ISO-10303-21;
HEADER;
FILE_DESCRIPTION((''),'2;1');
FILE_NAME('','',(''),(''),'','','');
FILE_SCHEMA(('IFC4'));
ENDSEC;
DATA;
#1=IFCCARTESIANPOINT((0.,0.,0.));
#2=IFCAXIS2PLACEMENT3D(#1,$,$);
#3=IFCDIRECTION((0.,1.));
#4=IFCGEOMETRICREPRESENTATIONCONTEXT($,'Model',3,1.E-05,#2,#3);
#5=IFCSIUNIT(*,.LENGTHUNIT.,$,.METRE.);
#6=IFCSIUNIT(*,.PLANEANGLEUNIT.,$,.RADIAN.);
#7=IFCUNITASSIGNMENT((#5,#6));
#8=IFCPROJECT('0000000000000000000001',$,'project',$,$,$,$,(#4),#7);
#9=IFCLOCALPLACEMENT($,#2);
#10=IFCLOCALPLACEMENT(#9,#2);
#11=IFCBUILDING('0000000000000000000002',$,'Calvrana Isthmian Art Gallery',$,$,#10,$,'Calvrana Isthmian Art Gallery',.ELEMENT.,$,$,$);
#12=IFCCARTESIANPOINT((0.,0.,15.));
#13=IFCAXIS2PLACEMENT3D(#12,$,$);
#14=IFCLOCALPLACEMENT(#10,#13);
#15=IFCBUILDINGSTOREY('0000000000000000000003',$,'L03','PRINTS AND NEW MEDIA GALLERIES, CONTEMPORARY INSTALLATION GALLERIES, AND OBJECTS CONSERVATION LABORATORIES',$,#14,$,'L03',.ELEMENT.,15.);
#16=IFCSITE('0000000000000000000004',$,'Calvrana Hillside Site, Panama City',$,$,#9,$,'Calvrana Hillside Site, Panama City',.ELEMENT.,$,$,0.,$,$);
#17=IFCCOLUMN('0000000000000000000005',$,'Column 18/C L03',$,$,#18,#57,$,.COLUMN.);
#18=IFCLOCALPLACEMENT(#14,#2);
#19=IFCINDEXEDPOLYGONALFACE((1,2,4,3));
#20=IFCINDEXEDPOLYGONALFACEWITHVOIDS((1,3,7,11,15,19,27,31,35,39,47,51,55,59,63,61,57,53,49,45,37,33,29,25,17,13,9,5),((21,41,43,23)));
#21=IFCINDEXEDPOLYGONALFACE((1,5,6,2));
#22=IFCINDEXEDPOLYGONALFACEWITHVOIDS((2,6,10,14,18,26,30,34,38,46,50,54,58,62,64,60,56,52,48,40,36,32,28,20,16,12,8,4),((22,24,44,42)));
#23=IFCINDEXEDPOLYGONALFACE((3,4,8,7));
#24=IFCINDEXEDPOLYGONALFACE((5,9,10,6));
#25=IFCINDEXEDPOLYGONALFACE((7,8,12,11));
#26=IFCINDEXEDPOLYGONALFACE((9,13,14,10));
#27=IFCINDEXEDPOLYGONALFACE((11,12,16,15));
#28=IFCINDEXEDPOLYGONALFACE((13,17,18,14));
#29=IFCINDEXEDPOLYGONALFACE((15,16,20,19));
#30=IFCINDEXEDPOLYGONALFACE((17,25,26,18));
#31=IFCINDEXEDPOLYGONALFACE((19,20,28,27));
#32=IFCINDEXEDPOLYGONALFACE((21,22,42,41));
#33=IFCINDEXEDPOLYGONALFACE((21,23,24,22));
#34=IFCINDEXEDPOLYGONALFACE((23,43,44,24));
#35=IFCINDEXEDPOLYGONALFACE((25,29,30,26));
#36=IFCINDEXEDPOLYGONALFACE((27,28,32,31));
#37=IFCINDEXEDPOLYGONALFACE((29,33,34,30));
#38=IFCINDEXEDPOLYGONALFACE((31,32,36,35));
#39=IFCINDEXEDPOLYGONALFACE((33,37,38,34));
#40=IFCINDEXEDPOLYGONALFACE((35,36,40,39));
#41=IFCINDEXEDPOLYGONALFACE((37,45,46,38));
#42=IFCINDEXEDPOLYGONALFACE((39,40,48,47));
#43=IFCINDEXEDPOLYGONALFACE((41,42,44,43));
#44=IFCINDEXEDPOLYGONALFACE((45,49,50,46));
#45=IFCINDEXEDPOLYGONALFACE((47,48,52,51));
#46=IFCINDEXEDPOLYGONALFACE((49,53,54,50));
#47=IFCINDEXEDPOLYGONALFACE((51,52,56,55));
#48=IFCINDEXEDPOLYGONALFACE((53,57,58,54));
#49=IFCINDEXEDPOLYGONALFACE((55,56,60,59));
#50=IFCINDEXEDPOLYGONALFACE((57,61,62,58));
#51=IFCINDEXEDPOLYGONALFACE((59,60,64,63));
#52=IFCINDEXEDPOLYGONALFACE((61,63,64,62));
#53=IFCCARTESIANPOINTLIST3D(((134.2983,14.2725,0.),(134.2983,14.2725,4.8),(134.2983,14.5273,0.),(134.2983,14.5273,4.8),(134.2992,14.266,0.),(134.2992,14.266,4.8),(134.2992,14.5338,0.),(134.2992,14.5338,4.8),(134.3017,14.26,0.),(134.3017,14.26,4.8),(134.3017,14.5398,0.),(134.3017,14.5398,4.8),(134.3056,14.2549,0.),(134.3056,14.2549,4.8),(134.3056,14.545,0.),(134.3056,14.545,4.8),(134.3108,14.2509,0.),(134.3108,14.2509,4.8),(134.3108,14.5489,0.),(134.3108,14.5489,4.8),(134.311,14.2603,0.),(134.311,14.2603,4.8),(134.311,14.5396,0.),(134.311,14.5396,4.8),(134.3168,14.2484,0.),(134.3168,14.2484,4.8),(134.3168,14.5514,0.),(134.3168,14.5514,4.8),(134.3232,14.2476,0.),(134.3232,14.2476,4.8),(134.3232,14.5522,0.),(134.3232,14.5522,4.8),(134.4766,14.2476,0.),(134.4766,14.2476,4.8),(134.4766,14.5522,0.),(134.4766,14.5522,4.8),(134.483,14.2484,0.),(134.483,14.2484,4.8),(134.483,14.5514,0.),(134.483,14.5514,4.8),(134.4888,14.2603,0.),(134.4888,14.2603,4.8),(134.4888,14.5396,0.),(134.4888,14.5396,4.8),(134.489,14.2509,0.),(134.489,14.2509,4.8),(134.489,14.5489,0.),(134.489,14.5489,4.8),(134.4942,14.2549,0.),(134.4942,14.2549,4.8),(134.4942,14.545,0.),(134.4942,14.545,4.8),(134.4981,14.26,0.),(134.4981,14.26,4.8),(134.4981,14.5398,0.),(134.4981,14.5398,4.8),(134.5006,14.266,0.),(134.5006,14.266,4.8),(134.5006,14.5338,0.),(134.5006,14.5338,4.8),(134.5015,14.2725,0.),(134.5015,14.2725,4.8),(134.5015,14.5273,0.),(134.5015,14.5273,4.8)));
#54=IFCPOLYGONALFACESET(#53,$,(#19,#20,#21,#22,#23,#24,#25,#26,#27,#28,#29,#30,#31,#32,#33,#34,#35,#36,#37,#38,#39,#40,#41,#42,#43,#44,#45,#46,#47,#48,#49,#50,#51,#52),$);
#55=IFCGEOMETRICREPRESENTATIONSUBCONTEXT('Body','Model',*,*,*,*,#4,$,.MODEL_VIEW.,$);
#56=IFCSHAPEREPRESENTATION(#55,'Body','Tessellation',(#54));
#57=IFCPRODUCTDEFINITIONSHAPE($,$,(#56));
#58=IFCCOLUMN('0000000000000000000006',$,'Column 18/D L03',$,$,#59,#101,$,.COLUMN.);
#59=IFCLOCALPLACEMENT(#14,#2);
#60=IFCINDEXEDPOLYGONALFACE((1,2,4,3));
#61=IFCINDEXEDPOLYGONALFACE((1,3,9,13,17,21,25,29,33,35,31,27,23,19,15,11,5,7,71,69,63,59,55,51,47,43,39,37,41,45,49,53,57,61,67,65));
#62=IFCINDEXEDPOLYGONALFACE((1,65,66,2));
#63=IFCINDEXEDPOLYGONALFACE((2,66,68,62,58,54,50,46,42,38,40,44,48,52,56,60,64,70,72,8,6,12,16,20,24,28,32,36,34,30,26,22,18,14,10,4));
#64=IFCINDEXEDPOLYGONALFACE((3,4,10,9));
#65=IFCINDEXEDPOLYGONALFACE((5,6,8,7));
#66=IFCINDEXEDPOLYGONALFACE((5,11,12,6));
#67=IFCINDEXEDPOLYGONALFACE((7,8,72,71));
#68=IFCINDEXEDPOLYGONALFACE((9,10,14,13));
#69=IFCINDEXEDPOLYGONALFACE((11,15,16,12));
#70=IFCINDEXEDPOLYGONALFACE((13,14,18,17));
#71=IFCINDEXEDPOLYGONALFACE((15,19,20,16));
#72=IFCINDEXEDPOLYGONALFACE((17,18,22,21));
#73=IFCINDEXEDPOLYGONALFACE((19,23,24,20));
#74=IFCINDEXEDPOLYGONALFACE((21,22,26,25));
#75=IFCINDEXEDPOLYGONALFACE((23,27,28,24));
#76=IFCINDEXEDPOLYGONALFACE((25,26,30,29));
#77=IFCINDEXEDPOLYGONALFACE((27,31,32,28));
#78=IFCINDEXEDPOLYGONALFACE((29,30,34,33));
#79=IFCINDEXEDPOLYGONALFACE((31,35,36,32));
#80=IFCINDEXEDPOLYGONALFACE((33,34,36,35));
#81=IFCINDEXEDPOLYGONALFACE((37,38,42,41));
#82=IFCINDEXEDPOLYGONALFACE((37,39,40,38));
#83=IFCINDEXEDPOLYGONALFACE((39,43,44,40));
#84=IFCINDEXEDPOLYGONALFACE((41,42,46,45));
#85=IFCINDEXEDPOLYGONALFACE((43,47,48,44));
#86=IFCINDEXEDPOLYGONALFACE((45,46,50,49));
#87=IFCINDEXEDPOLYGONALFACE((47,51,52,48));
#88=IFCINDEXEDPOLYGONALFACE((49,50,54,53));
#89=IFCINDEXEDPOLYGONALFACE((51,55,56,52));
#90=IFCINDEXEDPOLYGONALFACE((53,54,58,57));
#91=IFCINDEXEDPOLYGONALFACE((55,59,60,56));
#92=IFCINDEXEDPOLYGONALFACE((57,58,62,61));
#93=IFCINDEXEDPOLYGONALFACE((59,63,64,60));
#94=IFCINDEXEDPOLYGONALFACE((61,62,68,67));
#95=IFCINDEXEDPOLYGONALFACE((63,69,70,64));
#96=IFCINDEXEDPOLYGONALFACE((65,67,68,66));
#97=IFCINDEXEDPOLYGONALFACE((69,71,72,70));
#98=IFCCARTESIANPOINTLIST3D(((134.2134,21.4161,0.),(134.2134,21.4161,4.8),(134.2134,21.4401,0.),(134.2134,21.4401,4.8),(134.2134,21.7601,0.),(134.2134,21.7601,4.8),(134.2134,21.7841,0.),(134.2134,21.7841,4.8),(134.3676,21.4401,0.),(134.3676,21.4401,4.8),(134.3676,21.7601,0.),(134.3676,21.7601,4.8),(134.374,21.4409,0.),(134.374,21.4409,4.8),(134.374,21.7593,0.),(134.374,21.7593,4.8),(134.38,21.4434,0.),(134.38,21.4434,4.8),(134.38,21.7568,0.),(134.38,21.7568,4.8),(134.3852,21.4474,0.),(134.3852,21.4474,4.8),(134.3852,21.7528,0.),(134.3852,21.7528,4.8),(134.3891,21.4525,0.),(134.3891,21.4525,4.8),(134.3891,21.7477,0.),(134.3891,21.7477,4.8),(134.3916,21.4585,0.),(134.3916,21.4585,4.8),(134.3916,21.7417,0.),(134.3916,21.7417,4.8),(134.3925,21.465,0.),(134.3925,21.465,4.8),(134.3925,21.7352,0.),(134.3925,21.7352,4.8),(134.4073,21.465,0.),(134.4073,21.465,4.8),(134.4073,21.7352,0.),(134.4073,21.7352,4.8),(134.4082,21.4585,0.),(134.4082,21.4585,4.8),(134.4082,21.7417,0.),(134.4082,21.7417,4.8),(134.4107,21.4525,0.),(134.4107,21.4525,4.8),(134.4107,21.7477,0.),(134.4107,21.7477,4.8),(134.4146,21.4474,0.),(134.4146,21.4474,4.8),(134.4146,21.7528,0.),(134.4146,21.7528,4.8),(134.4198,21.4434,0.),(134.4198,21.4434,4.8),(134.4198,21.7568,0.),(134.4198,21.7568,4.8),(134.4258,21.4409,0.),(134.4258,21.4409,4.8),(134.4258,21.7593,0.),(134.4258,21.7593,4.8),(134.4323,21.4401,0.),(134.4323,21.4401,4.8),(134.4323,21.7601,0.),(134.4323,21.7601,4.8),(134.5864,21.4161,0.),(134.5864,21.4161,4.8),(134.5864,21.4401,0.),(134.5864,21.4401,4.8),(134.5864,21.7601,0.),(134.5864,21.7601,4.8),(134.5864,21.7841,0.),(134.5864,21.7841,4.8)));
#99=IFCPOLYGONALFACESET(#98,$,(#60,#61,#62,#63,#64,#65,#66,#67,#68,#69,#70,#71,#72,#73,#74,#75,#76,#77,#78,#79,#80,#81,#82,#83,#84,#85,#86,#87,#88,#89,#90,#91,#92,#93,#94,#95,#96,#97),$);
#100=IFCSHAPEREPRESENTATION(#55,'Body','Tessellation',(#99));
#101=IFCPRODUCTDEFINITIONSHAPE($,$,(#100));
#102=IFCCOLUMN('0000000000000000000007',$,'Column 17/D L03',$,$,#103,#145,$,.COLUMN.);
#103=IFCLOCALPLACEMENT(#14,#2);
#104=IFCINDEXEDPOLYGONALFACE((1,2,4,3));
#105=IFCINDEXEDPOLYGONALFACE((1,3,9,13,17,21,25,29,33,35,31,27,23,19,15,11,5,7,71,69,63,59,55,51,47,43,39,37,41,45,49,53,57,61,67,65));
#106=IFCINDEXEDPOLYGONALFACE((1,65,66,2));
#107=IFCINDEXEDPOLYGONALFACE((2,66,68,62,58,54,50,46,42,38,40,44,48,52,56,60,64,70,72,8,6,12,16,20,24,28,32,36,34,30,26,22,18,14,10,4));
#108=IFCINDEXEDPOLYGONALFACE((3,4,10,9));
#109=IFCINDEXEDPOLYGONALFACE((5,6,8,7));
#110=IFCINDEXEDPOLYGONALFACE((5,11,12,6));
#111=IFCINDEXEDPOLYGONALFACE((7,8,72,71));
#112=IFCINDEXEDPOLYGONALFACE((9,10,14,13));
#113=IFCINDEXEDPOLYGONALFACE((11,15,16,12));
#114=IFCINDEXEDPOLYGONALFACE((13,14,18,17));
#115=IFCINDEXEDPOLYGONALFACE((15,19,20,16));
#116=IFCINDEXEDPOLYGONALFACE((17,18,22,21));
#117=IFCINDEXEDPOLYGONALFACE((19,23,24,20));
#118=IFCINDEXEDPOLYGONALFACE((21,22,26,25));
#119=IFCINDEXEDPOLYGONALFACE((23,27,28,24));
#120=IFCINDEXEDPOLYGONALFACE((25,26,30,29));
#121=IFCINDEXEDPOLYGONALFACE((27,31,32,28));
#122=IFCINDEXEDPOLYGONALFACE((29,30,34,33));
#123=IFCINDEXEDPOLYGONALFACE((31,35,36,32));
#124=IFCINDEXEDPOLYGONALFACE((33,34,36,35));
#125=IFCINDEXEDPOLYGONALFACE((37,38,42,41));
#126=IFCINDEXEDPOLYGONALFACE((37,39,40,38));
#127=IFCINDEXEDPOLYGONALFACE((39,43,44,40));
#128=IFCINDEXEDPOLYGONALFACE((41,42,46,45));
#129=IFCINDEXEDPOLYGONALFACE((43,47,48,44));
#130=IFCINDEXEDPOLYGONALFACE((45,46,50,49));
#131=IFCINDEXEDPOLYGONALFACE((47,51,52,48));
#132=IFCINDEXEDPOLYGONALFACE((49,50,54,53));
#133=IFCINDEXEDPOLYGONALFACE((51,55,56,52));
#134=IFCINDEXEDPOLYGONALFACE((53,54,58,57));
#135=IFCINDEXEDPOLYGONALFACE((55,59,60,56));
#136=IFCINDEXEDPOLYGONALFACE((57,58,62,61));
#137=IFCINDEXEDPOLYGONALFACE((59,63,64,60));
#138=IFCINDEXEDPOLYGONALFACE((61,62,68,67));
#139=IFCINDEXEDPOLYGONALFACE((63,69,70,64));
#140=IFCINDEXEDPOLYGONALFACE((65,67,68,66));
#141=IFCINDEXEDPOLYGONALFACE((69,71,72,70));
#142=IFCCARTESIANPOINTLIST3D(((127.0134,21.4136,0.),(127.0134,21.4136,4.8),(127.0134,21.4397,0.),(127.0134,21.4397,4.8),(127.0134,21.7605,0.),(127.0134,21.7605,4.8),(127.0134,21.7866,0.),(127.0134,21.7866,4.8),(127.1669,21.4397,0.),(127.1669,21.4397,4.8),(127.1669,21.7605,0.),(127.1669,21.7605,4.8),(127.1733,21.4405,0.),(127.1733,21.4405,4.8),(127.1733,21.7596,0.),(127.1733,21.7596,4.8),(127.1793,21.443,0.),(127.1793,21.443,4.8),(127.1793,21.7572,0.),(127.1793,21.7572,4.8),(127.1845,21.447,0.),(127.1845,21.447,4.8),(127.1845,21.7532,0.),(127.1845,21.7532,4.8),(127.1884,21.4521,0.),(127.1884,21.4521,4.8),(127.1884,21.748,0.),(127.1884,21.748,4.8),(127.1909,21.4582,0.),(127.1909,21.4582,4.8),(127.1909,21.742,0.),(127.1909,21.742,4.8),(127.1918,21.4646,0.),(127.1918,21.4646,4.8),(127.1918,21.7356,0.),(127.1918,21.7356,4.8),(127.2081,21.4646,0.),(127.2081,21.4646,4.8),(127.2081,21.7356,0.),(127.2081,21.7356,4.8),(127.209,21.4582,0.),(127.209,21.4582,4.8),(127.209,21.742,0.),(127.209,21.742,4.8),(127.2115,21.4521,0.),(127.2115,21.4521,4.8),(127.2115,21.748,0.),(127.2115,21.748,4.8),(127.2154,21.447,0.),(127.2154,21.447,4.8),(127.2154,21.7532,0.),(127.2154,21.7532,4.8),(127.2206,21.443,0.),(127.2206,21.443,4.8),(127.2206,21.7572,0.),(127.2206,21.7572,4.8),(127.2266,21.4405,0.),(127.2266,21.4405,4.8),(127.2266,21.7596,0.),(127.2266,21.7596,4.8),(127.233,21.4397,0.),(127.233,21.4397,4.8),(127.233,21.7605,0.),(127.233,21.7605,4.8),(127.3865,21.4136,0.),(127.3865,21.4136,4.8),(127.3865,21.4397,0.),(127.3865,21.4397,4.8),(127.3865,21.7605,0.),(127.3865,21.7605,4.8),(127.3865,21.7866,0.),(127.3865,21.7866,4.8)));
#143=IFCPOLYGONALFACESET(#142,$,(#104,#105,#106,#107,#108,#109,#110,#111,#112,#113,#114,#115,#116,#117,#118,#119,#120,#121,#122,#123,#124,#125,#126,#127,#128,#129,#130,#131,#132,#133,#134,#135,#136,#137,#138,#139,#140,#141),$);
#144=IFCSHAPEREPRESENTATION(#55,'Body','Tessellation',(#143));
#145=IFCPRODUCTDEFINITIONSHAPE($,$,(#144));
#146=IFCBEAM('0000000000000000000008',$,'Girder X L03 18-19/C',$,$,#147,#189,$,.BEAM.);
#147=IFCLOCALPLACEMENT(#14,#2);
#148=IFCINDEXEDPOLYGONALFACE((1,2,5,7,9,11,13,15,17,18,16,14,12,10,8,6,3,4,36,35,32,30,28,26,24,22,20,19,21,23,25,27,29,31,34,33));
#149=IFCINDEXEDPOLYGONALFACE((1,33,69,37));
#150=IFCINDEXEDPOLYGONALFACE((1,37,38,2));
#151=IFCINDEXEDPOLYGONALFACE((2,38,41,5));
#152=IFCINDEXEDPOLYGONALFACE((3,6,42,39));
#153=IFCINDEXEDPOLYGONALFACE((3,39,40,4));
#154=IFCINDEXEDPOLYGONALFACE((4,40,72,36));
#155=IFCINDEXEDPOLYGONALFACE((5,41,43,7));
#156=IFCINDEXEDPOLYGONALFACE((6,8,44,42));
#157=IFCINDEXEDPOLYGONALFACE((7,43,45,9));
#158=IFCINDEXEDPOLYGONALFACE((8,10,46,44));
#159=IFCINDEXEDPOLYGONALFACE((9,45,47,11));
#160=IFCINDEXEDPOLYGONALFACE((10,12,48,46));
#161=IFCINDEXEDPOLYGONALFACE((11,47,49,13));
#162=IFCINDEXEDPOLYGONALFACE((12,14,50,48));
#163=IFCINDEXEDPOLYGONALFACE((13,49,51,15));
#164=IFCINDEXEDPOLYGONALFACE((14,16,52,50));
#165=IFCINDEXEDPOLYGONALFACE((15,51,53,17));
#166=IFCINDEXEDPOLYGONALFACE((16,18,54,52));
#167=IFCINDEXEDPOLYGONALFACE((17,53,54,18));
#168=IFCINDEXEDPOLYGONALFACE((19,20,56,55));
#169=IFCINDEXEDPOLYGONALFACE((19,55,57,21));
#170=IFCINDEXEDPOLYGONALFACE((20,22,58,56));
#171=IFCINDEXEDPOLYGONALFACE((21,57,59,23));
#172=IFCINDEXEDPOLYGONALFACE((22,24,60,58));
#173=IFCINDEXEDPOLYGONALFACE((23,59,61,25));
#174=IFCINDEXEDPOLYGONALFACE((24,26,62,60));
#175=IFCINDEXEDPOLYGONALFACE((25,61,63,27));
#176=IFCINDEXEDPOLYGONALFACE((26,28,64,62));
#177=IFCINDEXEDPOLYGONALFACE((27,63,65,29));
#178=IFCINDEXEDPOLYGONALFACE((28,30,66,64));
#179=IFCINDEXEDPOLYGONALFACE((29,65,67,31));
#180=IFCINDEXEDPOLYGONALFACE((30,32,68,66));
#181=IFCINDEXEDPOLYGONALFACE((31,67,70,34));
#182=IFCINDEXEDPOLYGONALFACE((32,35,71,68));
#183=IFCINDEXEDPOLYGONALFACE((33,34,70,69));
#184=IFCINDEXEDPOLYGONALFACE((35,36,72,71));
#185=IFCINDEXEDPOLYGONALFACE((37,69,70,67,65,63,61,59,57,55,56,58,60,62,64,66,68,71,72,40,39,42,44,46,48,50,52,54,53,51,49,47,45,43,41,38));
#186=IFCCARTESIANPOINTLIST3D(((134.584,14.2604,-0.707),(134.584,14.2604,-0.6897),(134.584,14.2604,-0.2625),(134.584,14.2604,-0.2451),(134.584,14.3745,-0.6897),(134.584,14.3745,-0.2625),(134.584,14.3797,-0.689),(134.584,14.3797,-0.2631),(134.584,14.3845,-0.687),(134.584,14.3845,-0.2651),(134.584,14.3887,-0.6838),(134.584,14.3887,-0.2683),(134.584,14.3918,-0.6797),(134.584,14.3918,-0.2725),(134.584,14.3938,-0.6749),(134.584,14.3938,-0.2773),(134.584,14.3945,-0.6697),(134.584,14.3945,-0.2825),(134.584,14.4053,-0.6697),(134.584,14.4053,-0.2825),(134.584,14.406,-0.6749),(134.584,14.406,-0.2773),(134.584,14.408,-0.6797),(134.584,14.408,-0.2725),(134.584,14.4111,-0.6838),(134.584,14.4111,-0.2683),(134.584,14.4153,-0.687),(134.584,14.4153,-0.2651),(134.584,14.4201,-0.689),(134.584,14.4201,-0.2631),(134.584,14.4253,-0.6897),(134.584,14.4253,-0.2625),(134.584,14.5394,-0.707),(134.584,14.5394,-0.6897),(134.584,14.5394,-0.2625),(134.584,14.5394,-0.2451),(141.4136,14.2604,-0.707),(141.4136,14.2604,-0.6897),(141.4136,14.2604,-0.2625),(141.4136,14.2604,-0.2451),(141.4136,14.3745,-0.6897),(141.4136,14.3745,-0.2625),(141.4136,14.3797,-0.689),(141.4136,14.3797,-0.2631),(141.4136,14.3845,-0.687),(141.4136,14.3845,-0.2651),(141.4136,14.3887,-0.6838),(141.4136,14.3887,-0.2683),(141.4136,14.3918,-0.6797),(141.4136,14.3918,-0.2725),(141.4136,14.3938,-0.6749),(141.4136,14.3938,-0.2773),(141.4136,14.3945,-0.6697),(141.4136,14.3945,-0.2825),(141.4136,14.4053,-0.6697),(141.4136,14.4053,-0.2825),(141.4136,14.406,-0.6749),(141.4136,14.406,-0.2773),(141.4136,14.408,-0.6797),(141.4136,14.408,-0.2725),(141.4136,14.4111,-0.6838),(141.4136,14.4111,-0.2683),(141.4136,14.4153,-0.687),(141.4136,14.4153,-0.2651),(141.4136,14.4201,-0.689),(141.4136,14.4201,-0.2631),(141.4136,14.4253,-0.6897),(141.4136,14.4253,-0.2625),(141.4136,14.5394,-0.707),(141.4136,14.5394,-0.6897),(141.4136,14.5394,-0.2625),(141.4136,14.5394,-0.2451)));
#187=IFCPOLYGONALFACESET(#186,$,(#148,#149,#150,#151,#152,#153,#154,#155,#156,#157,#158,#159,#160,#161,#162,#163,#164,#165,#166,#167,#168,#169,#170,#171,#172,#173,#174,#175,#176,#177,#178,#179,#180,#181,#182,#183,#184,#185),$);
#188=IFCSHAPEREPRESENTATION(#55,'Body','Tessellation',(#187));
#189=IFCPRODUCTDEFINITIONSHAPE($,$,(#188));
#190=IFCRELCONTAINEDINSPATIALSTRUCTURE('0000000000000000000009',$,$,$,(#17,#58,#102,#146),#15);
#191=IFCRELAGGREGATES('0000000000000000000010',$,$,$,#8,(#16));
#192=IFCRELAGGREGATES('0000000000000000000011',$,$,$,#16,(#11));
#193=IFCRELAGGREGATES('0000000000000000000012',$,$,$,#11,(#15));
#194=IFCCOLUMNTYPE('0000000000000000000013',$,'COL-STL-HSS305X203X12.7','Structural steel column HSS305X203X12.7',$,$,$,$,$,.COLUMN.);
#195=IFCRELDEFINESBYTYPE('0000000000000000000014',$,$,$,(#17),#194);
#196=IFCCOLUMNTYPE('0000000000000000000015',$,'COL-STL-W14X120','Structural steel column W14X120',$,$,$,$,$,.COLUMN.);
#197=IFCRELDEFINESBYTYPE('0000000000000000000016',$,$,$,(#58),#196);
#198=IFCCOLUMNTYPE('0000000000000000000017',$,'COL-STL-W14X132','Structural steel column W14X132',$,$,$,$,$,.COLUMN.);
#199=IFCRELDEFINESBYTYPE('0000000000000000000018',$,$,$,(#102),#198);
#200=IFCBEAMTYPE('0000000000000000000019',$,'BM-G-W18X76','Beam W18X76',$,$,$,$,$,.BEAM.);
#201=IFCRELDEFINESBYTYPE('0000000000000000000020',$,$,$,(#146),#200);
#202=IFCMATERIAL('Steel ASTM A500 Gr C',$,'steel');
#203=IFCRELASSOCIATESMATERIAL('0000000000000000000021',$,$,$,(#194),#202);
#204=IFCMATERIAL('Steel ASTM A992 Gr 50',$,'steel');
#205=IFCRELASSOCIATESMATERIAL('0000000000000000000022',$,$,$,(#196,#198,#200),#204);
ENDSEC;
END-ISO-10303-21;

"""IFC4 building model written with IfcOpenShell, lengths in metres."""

from ifc_helpers import new_model, si_unit, direction, frame, origin, origin_2d, place, context, subcontext, project, spatial, hollow_rectangle, i_section, extrude, material, material_profile, profile_set, type_object, element, save


model = new_model("IFC4")

# Units and contexts
model_context = context("Model", 3, precision=1e-05, world=origin(), true_north=direction((0.0, 1.0)))
body_context = subcontext(model_context, "Body", "Model", "MODEL_VIEW")
ifc_project = project(units=[si_unit("LENGTHUNIT", "METRE"), si_unit("PLANEANGLEUNIT", "RADIAN")], contexts=[model_context])

# Site, building, storey
site_placement = place(None, origin())
site = spatial("IfcSite", under=ifc_project, at=site_placement, Name="Calvrana Hillside Site, Panama City", LongName="Calvrana Hillside Site, Panama City", CompositionType="ELEMENT", RefElevation=0.0)
building_placement = place(site_placement, origin())
building = spatial("IfcBuilding", under=site, at=building_placement, Name="Calvrana Isthmian Art Gallery", LongName="Calvrana Isthmian Art Gallery", CompositionType="ELEMENT")
storey_placement = place(building_placement, frame((0.0, 0.0, 15.0)))
storey = spatial("IfcBuildingStorey", under=building, at=storey_placement, Name="L03", Description="PRINTS AND NEW MEDIA GALLERIES, CONTEMPORARY INSTALLATION GALLERIES, AND OBJECTS CONSERVATION LABORATORIES", LongName="L03", CompositionType="ELEMENT", Elevation=15.0)

# Columns
ifc_material_1 = material(Name="Steel ASTM A500 Gr C", Category="steel")
ifc_material_profile_1 = material_profile(ifc_material_1, hollow_rectangle(XDim=0.2031, YDim=0.3047, WallThickness=0.0127, OuterFilletRadius=0.0249, at=origin_2d()), Name="HSS305X203X12.7")
ifc_profile_set_1 = profile_set([ifc_material_profile_1], Name="Steel ASTM A500 Gr C")
column_type_1 = type_object("IfcColumnType", Name="COL-STL-HSS305X203X12.7", Description="Structural steel column HSS305X203X12.7", PredefinedType="COLUMN", material=ifc_profile_set_1)
column_1_placement = place(storey_placement, frame((134.3999, 14.3999, 0.0), z_axis=(0.0, 0.0, 1.0), x_axis=(1.0, 0.0, 0.0)))
element("IfcColumn", 1, at=column_1_placement, inside=storey, type_object=column_type_1, Name="Column 18/C L03", PredefinedType="COLUMN", context=body_context, shape_type="SweptSolid", body=[
    extrude(hollow_rectangle(XDim=0.2031, YDim=0.3047, WallThickness=0.0127, OuterFilletRadius=0.0249, at=origin_2d()), origin(), (0.0, 0.0, 1.0), 4.8),
])
ifc_material_2 = material(Name="Steel ASTM A992 Gr 50", Category="steel")
ifc_material_profile_2 = material_profile(ifc_material_2, i_section(OverallWidth=0.373, OverallDepth=0.3679, WebThickness=0.0149, FlangeThickness=0.0239, FilletRadius=0.0249, at=origin_2d()), Name="W14X120")
ifc_profile_set_2 = profile_set([ifc_material_profile_2], Name="Steel ASTM A992 Gr 50")
column_type_2 = type_object("IfcColumnType", Name="COL-STL-W14X120", Description="Structural steel column W14X120", PredefinedType="COLUMN", material=ifc_profile_set_2)
column_2_placement = place(storey_placement, frame((134.3999, 21.6001, 0.0), z_axis=(0.0, 0.0, 1.0), x_axis=(1.0, 0.0, 0.0)))
element("IfcColumn", 2, at=column_2_placement, inside=storey, type_object=column_type_2, Name="Column 18/D L03", PredefinedType="COLUMN", context=body_context, shape_type="SweptSolid", body=[
    extrude(i_section(OverallWidth=0.373, OverallDepth=0.3679, WebThickness=0.0149, FlangeThickness=0.0239, FilletRadius=0.0249, at=origin_2d()), origin(), (0.0, 0.0, 1.0), 4.8),
])
ifc_material_profile_3 = material_profile(ifc_material_2, i_section(OverallWidth=0.373, OverallDepth=0.373, WebThickness=0.0164, FlangeThickness=0.0261, FilletRadius=0.0249, at=origin_2d()), Name="W14X132")
ifc_profile_set_3 = profile_set([ifc_material_profile_3], Name="Steel ASTM A992 Gr 50")
column_type_3 = type_object("IfcColumnType", Name="COL-STL-W14X132", Description="Structural steel column W14X132", PredefinedType="COLUMN", material=ifc_profile_set_3)
column_3_placement = place(storey_placement, frame((127.2, 21.6001, 0.0), z_axis=(0.0, 0.0, 1.0), x_axis=(1.0, 0.0, 0.0)))
element("IfcColumn", 3, at=column_3_placement, inside=storey, type_object=column_type_3, Name="Column 17/D L03", PredefinedType="COLUMN", context=body_context, shape_type="SweptSolid", body=[
    extrude(i_section(OverallWidth=0.373, OverallDepth=0.373, WebThickness=0.0164, FlangeThickness=0.0261, FilletRadius=0.0249, at=origin_2d()), origin(), (0.0, 0.0, 1.0), 4.8),
])

# Beam
ifc_material_profile_4 = material_profile(ifc_material_2, i_section(OverallWidth=0.2791, OverallDepth=0.4619, WebThickness=0.0107, FlangeThickness=0.0173, FilletRadius=0.02, at=origin_2d()), Name="W18X76")
ifc_profile_set_4 = profile_set([ifc_material_profile_4], Name="Steel ASTM A992 Gr 50")
beam_type_1 = type_object("IfcBeamType", Name="BM-G-W18X76", Description="Beam W18X76", PredefinedType="BEAM", material=ifc_profile_set_4)
beam_1_placement = place(storey_placement, frame((134.584, 14.3999, -0.4761), z_axis=(1.0, 0.0, 0.0), x_axis=(0.0, 1.0, 0.0)))
element("IfcBeam", 4, at=beam_1_placement, inside=storey, type_object=beam_type_1, Name="Girder X L03 18-19/C", PredefinedType="BEAM", context=body_context, shape_type="SweptSolid", body=[
    extrude(i_section(OverallWidth=0.2791, OverallDepth=0.4619, WebThickness=0.0107, FlangeThickness=0.0173, FilletRadius=0.02, at=origin_2d()), origin(), (0.0, 0.0, 1.0), 6.8296),
])

save(model, "model.ifc")
